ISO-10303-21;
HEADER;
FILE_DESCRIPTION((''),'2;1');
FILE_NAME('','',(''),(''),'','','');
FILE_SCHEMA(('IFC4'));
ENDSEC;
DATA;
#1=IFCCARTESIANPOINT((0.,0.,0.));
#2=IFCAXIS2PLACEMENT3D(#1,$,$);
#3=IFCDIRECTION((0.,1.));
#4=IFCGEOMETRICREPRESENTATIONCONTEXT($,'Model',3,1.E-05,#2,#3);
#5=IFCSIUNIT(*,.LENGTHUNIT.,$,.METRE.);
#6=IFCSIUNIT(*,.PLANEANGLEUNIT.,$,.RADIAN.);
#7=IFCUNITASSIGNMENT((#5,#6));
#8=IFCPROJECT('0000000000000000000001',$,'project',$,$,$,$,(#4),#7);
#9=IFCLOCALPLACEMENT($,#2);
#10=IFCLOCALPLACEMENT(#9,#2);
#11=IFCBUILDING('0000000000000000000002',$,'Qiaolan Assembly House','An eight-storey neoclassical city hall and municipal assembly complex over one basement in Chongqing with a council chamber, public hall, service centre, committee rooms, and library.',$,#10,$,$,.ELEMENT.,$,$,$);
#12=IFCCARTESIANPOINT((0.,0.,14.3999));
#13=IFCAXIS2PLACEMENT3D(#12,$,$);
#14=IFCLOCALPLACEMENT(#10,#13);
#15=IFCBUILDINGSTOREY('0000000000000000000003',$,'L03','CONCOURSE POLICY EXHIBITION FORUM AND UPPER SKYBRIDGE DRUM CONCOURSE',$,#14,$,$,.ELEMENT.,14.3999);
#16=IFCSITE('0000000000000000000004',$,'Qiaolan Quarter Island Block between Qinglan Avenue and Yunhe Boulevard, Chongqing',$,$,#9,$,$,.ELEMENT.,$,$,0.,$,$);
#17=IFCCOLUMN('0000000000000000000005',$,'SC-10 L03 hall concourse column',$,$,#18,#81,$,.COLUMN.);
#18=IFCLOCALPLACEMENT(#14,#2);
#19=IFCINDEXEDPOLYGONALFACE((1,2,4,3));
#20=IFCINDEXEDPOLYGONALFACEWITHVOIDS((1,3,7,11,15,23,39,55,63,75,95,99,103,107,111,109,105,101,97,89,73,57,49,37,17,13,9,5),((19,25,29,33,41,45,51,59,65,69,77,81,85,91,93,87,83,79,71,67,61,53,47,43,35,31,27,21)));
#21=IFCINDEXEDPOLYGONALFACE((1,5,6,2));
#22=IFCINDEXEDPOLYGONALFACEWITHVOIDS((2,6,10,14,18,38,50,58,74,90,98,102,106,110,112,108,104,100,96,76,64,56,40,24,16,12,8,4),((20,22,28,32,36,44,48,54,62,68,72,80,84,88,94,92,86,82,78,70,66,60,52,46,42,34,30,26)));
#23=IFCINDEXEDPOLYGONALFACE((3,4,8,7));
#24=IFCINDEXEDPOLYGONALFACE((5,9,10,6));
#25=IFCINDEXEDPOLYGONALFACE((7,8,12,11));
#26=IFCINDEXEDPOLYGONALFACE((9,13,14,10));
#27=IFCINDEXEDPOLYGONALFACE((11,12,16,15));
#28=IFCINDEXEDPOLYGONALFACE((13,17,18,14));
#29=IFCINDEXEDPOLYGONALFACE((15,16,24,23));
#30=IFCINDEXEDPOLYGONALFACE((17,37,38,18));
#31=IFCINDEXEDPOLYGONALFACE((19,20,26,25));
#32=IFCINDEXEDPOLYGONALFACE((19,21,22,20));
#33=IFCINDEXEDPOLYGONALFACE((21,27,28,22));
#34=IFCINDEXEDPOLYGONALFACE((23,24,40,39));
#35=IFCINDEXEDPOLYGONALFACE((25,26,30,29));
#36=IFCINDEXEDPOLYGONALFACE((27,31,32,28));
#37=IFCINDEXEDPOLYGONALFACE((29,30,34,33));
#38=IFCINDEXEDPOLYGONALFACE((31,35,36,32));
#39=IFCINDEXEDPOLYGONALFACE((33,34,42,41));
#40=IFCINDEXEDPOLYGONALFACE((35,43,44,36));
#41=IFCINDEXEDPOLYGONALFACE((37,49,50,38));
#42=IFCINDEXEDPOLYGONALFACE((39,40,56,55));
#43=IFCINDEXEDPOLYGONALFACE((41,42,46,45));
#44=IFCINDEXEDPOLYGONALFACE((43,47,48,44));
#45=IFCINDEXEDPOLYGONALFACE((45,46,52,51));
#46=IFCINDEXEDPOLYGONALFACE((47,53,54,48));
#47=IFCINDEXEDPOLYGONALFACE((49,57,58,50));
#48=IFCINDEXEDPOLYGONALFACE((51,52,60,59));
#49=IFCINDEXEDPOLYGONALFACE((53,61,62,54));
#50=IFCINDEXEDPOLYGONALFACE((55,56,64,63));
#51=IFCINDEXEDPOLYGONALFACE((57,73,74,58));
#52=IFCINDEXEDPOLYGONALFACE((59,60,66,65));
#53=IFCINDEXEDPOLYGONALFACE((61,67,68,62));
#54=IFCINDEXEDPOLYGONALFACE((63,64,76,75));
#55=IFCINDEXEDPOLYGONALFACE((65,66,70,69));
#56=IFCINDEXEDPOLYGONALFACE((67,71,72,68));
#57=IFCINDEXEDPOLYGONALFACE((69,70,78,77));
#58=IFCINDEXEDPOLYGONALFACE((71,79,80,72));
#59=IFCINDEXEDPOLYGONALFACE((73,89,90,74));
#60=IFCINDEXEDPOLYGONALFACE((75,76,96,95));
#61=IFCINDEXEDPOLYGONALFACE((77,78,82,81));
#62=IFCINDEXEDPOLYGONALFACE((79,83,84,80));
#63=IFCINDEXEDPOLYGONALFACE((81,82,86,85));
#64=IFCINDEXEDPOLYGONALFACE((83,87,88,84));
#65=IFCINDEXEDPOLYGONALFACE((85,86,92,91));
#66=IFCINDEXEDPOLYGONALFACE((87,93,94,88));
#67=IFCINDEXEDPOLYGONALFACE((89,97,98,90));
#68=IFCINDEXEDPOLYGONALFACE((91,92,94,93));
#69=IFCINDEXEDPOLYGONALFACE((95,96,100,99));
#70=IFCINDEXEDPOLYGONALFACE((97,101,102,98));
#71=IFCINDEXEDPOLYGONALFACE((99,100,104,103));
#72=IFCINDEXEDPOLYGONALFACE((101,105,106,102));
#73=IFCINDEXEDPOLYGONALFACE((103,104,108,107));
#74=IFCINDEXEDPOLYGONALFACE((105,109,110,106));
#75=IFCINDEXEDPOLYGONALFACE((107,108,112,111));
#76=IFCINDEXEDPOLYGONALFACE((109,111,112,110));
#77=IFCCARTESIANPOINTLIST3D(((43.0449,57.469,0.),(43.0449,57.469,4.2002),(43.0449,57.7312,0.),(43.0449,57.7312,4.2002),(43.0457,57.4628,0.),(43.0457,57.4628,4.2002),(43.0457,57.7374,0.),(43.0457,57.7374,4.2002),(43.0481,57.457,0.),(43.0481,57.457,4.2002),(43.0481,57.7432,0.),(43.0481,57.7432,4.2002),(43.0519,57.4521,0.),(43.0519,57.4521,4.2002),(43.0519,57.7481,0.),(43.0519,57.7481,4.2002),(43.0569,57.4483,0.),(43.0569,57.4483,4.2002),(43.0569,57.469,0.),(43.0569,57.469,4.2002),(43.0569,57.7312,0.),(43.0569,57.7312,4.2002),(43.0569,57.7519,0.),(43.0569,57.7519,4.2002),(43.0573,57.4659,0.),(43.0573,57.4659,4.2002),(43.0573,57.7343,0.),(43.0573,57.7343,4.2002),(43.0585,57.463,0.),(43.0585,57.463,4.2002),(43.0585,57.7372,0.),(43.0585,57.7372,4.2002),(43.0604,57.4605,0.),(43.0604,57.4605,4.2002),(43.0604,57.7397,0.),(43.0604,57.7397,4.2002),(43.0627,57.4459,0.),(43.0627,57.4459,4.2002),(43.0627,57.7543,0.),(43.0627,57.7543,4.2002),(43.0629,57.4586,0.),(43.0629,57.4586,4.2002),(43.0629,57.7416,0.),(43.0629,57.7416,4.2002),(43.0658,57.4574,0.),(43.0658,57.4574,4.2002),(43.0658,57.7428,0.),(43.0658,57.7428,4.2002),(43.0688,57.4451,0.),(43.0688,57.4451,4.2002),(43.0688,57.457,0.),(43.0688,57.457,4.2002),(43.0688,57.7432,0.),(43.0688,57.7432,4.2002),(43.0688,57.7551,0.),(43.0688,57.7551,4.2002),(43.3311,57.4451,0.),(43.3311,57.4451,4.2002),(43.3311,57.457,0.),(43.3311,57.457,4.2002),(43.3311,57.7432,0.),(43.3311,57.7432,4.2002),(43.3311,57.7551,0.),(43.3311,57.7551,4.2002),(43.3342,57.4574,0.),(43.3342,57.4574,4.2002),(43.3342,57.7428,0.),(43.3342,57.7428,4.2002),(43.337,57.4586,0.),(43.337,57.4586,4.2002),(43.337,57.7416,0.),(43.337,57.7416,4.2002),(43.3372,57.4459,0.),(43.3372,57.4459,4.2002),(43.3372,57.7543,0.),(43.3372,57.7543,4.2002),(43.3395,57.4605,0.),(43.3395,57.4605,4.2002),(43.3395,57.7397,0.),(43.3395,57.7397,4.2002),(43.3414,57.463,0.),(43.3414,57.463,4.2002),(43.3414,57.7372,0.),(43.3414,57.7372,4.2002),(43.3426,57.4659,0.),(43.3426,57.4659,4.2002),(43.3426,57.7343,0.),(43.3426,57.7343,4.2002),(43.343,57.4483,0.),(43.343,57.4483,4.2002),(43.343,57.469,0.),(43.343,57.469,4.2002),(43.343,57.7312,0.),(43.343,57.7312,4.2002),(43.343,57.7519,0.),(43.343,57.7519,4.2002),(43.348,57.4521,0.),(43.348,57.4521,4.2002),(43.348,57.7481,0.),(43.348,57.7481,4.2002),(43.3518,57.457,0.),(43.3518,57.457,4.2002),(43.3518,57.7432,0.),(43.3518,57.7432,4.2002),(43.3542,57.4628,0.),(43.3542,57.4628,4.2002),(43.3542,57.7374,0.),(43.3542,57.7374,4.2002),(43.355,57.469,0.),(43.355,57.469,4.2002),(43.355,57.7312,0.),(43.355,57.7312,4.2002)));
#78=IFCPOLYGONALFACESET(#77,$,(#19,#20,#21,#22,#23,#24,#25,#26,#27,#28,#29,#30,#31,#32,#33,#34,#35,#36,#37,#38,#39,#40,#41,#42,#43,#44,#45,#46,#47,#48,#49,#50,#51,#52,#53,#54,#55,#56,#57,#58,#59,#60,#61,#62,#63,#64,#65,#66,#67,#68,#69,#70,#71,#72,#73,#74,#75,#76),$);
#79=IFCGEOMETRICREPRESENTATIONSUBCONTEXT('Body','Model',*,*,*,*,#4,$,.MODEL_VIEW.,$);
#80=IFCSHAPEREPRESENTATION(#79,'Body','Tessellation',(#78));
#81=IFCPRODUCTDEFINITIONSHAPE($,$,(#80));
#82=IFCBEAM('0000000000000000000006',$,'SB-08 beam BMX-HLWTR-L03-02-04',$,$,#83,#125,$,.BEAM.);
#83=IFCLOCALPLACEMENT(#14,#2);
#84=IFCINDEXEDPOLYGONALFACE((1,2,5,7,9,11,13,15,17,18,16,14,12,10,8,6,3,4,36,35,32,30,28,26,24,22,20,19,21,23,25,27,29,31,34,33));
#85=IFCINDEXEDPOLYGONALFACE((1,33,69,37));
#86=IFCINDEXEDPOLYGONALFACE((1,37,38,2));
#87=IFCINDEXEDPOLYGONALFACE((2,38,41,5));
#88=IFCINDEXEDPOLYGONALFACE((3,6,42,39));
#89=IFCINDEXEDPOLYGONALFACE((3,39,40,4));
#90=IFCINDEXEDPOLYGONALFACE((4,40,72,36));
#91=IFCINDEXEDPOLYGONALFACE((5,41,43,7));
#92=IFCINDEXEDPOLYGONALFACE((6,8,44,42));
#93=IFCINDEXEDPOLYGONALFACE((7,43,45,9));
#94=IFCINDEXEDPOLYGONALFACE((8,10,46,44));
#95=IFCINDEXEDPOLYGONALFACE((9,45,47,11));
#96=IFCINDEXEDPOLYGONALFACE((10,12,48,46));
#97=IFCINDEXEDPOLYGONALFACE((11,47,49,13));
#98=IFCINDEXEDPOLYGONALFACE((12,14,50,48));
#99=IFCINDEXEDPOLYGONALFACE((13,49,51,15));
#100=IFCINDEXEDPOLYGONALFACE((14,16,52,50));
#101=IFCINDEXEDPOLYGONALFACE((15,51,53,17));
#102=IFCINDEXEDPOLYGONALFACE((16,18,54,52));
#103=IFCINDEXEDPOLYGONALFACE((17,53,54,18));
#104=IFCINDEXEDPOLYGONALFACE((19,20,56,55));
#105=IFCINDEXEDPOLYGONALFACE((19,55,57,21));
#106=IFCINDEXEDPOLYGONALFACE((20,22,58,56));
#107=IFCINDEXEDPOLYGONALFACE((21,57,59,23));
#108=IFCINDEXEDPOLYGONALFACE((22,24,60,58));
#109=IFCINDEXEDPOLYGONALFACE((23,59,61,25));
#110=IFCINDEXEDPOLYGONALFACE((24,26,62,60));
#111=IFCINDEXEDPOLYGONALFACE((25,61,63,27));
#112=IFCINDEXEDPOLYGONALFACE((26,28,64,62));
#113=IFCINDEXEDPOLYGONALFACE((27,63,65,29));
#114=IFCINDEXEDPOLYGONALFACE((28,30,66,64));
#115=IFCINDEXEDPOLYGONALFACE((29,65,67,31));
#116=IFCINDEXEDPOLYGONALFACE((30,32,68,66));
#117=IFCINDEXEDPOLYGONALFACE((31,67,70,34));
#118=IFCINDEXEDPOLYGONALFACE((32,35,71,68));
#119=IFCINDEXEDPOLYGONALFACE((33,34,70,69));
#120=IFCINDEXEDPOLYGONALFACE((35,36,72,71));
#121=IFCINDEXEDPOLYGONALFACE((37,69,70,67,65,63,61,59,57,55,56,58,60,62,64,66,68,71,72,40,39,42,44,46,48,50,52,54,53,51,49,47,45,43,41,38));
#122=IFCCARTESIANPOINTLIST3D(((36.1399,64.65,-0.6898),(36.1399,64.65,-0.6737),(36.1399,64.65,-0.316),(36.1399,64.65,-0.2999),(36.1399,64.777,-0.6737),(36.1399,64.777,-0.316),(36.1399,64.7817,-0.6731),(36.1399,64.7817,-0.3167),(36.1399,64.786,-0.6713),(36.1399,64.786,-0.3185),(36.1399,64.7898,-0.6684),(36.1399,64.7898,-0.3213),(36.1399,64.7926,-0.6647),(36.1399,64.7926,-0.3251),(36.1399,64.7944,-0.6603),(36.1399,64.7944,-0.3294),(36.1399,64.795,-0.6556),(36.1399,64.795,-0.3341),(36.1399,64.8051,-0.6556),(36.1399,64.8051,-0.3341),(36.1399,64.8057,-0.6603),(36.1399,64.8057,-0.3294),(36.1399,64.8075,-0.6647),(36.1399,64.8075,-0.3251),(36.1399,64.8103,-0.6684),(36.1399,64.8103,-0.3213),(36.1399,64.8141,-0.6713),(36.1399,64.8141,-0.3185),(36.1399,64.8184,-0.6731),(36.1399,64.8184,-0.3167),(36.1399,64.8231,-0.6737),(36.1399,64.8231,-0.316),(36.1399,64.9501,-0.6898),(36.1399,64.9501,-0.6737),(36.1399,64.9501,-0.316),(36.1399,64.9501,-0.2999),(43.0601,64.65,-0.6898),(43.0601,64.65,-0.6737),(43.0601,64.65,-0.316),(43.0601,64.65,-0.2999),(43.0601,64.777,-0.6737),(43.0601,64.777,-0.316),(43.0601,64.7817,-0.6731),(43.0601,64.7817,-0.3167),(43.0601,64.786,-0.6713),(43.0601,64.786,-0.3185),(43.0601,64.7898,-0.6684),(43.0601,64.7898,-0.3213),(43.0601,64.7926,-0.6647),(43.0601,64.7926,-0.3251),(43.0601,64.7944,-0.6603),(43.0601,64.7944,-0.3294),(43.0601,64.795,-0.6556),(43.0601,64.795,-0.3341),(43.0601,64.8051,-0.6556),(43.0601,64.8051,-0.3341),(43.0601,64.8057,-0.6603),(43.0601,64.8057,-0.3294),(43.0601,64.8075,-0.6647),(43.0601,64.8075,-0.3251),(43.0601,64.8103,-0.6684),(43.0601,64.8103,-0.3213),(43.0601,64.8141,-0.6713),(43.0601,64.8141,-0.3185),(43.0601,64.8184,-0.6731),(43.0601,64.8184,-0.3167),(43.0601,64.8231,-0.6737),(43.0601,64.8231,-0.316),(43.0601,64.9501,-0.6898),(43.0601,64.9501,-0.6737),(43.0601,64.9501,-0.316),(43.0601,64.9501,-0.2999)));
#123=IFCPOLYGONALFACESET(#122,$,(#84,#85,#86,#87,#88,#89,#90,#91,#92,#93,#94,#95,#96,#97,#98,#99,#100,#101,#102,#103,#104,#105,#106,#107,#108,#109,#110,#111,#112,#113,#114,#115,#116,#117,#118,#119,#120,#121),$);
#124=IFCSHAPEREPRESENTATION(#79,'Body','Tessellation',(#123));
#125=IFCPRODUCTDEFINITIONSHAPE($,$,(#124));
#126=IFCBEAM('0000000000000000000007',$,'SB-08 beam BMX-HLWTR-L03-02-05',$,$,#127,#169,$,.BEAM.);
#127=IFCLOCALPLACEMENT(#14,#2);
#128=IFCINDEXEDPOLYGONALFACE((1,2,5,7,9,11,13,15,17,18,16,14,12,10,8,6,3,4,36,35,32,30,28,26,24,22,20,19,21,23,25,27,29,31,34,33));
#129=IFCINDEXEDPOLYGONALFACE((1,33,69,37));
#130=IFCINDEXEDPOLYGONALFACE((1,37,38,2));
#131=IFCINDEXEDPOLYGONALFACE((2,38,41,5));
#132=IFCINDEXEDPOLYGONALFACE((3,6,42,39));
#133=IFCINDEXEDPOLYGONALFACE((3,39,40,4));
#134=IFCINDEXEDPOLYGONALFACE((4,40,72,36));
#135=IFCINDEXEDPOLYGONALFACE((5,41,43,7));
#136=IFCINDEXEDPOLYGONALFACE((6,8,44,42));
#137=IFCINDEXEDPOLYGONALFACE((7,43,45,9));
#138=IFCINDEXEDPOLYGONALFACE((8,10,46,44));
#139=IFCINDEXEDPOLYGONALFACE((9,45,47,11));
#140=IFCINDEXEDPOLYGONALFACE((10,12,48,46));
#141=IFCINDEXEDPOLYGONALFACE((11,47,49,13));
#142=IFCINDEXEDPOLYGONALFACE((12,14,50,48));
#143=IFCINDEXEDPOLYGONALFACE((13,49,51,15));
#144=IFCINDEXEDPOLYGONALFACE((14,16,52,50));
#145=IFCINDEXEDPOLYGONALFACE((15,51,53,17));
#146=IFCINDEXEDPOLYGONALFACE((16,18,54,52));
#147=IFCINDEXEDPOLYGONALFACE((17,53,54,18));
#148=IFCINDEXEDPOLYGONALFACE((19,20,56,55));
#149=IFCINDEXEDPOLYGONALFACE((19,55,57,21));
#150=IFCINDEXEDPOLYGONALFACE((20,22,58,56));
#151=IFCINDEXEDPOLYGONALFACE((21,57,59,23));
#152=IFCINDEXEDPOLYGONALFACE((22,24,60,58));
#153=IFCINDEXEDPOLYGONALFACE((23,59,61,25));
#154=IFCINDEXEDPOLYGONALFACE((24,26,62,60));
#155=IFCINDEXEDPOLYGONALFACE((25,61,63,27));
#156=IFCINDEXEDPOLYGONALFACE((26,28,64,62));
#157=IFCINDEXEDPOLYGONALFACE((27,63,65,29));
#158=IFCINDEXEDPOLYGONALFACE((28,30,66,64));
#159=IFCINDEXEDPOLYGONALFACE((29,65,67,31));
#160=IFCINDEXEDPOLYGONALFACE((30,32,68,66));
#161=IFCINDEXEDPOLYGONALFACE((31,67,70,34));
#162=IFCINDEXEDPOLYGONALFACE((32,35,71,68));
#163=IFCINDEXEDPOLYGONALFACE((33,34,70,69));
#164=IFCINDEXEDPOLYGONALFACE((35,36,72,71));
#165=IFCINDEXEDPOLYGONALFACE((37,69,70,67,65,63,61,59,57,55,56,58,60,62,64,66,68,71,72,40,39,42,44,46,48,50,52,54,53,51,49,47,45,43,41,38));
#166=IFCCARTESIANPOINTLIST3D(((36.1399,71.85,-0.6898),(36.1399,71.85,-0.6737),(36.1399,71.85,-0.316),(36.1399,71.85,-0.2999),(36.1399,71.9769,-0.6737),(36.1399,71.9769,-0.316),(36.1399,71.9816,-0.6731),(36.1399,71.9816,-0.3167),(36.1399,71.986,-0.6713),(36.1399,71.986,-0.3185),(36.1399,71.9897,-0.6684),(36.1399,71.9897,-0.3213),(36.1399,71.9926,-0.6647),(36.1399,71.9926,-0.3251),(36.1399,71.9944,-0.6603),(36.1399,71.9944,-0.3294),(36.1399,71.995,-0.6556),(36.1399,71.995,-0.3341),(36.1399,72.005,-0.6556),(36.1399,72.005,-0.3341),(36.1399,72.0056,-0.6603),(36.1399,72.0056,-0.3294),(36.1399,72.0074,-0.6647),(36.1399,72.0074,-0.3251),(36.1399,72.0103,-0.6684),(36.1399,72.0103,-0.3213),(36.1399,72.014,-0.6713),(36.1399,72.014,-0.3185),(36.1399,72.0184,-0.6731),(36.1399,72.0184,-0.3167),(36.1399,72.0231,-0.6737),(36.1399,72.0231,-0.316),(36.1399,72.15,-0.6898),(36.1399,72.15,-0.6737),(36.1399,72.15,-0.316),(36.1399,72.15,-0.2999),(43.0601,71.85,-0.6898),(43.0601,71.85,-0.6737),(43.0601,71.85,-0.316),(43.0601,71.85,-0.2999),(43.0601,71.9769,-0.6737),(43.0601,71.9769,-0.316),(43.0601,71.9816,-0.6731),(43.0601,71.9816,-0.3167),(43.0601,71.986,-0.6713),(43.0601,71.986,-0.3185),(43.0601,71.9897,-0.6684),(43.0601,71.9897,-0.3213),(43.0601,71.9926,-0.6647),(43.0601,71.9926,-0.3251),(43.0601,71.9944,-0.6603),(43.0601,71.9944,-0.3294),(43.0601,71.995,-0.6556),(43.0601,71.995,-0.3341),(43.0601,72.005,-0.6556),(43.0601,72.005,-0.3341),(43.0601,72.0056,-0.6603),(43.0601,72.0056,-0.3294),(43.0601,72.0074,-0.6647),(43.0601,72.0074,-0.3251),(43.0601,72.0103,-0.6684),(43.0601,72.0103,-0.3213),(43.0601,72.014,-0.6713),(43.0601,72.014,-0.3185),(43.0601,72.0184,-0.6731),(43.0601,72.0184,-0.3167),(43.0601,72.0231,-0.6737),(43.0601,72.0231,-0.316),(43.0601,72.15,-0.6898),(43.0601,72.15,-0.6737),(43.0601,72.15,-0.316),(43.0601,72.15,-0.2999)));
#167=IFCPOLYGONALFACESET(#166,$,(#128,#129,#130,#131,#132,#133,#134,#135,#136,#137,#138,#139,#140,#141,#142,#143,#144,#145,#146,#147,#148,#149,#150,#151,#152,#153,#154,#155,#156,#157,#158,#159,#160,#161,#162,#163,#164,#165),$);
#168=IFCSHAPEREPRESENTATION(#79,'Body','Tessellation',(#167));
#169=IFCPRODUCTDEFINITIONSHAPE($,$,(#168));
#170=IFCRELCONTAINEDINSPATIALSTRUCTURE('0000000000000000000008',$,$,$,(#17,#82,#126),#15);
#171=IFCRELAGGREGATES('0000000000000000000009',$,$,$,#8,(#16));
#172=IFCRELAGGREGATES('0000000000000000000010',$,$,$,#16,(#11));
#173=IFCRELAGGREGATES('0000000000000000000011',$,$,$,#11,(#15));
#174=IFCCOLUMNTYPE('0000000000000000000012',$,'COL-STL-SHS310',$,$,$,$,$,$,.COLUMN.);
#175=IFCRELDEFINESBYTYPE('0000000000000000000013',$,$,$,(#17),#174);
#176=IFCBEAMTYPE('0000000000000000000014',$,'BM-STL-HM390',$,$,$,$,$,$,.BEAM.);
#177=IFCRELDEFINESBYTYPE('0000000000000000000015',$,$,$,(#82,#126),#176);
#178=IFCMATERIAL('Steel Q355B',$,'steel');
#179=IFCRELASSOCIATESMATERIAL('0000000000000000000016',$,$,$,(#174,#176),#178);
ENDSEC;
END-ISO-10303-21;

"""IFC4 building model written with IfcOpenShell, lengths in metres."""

from ifc_helpers import new_model, si_unit, direction, frame, origin, origin_2d, place, context, subcontext, project, spatial, hollow_rectangle, i_section, extrude, material, material_profile, profile_set, type_object, element, save


model = new_model("IFC4")

# Units and contexts
model_context = context("Model", 3, precision=1e-05, world=origin(), true_north=direction((0.0, 1.0)))
body_context = subcontext(model_context, "Body", "Model", "MODEL_VIEW")
ifc_project = project(units=[si_unit("LENGTHUNIT", "METRE"), si_unit("PLANEANGLEUNIT", "RADIAN")], contexts=[model_context])

# Site, building, storey
site_placement = place(None, origin())
site = spatial("IfcSite", under=ifc_project, at=site_placement, Name="Qiaolan Quarter Island Block between Qinglan Avenue and Yunhe Boulevard, Chongqing", CompositionType="ELEMENT", RefElevation=0.0)
building_placement = place(site_placement, origin())
building = spatial("IfcBuilding", under=site, at=building_placement, Name="Qiaolan Assembly House", Description="An eight-storey neoclassical city hall and municipal assembly complex over one basement in Chongqing with a council chamber, public hall, service centre, committee rooms, and library.", CompositionType="ELEMENT")
storey_placement = place(building_placement, frame((0.0, 0.0, 14.3999)))
storey = spatial("IfcBuildingStorey", under=building, at=storey_placement, Name="L03", Description="CONCOURSE POLICY EXHIBITION FORUM AND UPPER SKYBRIDGE DRUM CONCOURSE", CompositionType="ELEMENT", Elevation=14.3999)

# Column
ifc_material_1 = material(Name="Steel Q355B", Category="steel")
ifc_material_profile_1 = material_profile(ifc_material_1, hollow_rectangle(XDim=0.3101, YDim=0.3101, WallThickness=0.012, InnerFilletRadius=0.012, OuterFilletRadius=0.0239, at=origin_2d()), Name="SHS 310x310x12")
ifc_profile_set_1 = profile_set([ifc_material_profile_1], Name="Steel Q355B")
column_type = type_object("IfcColumnType", Name="COL-STL-SHS310", PredefinedType="COLUMN", material=ifc_profile_set_1)
column_placement = place(storey_placement, frame((43.2, 57.6001, 0.0), z_axis=(0.0, 0.0, 1.0), x_axis=(1.0, 0.0, 0.0)))
element("IfcColumn", 1, at=column_placement, inside=storey, type_object=column_type, Name="SC-10 L03 hall concourse column", PredefinedType="COLUMN", context=body_context, shape_type="SweptSolid", body=[
    extrude(hollow_rectangle(XDim=0.3101, YDim=0.3101, WallThickness=0.012, InnerFilletRadius=0.012, OuterFilletRadius=0.0239, at=origin_2d()), origin(), (0.0, 0.0, 1.0), 4.2002),
])

# Beams
ifc_material_profile_2 = material_profile(ifc_material_1, i_section(OverallWidth=0.3, OverallDepth=0.3899, WebThickness=0.01, FlangeThickness=0.0161, FilletRadius=0.0181, at=origin_2d()), Name="HM 390x300x10x16")
ifc_profile_set_2 = profile_set([ifc_material_profile_2], Name="Steel Q355B")
beam_type_1 = type_object("IfcBeamType", Name="BM-STL-HM390", PredefinedType="BEAM", material=ifc_profile_set_2)
for number, where, z_axis, x_axis, name in (
    (2, (36.1399, 64.8, -0.4949), (1.0, 0.0, 0.0), (0.0, 1.0, 0.0), "SB-08 beam BMX-HLWTR-L03-02-04"),
    (3, (36.1399, 72.0, -0.4949), (1.0, 0.0, 0.0), (0.0, 1.0, 0.0), "SB-08 beam BMX-HLWTR-L03-02-05"),
):
    element("IfcBeam", number, at=place(storey_placement, frame(where, z_axis=z_axis, x_axis=x_axis)), inside=storey, type_object=beam_type_1, Name=name, PredefinedType="BEAM", context=body_context, shape_type="SweptSolid", body=[
        extrude(i_section(OverallWidth=0.3, OverallDepth=0.3899, WebThickness=0.01, FlangeThickness=0.0161, FilletRadius=0.0181, at=origin_2d()), origin(), (0.0, 0.0, 1.0), 6.9202),
    ])

save(model, "model.ifc")
